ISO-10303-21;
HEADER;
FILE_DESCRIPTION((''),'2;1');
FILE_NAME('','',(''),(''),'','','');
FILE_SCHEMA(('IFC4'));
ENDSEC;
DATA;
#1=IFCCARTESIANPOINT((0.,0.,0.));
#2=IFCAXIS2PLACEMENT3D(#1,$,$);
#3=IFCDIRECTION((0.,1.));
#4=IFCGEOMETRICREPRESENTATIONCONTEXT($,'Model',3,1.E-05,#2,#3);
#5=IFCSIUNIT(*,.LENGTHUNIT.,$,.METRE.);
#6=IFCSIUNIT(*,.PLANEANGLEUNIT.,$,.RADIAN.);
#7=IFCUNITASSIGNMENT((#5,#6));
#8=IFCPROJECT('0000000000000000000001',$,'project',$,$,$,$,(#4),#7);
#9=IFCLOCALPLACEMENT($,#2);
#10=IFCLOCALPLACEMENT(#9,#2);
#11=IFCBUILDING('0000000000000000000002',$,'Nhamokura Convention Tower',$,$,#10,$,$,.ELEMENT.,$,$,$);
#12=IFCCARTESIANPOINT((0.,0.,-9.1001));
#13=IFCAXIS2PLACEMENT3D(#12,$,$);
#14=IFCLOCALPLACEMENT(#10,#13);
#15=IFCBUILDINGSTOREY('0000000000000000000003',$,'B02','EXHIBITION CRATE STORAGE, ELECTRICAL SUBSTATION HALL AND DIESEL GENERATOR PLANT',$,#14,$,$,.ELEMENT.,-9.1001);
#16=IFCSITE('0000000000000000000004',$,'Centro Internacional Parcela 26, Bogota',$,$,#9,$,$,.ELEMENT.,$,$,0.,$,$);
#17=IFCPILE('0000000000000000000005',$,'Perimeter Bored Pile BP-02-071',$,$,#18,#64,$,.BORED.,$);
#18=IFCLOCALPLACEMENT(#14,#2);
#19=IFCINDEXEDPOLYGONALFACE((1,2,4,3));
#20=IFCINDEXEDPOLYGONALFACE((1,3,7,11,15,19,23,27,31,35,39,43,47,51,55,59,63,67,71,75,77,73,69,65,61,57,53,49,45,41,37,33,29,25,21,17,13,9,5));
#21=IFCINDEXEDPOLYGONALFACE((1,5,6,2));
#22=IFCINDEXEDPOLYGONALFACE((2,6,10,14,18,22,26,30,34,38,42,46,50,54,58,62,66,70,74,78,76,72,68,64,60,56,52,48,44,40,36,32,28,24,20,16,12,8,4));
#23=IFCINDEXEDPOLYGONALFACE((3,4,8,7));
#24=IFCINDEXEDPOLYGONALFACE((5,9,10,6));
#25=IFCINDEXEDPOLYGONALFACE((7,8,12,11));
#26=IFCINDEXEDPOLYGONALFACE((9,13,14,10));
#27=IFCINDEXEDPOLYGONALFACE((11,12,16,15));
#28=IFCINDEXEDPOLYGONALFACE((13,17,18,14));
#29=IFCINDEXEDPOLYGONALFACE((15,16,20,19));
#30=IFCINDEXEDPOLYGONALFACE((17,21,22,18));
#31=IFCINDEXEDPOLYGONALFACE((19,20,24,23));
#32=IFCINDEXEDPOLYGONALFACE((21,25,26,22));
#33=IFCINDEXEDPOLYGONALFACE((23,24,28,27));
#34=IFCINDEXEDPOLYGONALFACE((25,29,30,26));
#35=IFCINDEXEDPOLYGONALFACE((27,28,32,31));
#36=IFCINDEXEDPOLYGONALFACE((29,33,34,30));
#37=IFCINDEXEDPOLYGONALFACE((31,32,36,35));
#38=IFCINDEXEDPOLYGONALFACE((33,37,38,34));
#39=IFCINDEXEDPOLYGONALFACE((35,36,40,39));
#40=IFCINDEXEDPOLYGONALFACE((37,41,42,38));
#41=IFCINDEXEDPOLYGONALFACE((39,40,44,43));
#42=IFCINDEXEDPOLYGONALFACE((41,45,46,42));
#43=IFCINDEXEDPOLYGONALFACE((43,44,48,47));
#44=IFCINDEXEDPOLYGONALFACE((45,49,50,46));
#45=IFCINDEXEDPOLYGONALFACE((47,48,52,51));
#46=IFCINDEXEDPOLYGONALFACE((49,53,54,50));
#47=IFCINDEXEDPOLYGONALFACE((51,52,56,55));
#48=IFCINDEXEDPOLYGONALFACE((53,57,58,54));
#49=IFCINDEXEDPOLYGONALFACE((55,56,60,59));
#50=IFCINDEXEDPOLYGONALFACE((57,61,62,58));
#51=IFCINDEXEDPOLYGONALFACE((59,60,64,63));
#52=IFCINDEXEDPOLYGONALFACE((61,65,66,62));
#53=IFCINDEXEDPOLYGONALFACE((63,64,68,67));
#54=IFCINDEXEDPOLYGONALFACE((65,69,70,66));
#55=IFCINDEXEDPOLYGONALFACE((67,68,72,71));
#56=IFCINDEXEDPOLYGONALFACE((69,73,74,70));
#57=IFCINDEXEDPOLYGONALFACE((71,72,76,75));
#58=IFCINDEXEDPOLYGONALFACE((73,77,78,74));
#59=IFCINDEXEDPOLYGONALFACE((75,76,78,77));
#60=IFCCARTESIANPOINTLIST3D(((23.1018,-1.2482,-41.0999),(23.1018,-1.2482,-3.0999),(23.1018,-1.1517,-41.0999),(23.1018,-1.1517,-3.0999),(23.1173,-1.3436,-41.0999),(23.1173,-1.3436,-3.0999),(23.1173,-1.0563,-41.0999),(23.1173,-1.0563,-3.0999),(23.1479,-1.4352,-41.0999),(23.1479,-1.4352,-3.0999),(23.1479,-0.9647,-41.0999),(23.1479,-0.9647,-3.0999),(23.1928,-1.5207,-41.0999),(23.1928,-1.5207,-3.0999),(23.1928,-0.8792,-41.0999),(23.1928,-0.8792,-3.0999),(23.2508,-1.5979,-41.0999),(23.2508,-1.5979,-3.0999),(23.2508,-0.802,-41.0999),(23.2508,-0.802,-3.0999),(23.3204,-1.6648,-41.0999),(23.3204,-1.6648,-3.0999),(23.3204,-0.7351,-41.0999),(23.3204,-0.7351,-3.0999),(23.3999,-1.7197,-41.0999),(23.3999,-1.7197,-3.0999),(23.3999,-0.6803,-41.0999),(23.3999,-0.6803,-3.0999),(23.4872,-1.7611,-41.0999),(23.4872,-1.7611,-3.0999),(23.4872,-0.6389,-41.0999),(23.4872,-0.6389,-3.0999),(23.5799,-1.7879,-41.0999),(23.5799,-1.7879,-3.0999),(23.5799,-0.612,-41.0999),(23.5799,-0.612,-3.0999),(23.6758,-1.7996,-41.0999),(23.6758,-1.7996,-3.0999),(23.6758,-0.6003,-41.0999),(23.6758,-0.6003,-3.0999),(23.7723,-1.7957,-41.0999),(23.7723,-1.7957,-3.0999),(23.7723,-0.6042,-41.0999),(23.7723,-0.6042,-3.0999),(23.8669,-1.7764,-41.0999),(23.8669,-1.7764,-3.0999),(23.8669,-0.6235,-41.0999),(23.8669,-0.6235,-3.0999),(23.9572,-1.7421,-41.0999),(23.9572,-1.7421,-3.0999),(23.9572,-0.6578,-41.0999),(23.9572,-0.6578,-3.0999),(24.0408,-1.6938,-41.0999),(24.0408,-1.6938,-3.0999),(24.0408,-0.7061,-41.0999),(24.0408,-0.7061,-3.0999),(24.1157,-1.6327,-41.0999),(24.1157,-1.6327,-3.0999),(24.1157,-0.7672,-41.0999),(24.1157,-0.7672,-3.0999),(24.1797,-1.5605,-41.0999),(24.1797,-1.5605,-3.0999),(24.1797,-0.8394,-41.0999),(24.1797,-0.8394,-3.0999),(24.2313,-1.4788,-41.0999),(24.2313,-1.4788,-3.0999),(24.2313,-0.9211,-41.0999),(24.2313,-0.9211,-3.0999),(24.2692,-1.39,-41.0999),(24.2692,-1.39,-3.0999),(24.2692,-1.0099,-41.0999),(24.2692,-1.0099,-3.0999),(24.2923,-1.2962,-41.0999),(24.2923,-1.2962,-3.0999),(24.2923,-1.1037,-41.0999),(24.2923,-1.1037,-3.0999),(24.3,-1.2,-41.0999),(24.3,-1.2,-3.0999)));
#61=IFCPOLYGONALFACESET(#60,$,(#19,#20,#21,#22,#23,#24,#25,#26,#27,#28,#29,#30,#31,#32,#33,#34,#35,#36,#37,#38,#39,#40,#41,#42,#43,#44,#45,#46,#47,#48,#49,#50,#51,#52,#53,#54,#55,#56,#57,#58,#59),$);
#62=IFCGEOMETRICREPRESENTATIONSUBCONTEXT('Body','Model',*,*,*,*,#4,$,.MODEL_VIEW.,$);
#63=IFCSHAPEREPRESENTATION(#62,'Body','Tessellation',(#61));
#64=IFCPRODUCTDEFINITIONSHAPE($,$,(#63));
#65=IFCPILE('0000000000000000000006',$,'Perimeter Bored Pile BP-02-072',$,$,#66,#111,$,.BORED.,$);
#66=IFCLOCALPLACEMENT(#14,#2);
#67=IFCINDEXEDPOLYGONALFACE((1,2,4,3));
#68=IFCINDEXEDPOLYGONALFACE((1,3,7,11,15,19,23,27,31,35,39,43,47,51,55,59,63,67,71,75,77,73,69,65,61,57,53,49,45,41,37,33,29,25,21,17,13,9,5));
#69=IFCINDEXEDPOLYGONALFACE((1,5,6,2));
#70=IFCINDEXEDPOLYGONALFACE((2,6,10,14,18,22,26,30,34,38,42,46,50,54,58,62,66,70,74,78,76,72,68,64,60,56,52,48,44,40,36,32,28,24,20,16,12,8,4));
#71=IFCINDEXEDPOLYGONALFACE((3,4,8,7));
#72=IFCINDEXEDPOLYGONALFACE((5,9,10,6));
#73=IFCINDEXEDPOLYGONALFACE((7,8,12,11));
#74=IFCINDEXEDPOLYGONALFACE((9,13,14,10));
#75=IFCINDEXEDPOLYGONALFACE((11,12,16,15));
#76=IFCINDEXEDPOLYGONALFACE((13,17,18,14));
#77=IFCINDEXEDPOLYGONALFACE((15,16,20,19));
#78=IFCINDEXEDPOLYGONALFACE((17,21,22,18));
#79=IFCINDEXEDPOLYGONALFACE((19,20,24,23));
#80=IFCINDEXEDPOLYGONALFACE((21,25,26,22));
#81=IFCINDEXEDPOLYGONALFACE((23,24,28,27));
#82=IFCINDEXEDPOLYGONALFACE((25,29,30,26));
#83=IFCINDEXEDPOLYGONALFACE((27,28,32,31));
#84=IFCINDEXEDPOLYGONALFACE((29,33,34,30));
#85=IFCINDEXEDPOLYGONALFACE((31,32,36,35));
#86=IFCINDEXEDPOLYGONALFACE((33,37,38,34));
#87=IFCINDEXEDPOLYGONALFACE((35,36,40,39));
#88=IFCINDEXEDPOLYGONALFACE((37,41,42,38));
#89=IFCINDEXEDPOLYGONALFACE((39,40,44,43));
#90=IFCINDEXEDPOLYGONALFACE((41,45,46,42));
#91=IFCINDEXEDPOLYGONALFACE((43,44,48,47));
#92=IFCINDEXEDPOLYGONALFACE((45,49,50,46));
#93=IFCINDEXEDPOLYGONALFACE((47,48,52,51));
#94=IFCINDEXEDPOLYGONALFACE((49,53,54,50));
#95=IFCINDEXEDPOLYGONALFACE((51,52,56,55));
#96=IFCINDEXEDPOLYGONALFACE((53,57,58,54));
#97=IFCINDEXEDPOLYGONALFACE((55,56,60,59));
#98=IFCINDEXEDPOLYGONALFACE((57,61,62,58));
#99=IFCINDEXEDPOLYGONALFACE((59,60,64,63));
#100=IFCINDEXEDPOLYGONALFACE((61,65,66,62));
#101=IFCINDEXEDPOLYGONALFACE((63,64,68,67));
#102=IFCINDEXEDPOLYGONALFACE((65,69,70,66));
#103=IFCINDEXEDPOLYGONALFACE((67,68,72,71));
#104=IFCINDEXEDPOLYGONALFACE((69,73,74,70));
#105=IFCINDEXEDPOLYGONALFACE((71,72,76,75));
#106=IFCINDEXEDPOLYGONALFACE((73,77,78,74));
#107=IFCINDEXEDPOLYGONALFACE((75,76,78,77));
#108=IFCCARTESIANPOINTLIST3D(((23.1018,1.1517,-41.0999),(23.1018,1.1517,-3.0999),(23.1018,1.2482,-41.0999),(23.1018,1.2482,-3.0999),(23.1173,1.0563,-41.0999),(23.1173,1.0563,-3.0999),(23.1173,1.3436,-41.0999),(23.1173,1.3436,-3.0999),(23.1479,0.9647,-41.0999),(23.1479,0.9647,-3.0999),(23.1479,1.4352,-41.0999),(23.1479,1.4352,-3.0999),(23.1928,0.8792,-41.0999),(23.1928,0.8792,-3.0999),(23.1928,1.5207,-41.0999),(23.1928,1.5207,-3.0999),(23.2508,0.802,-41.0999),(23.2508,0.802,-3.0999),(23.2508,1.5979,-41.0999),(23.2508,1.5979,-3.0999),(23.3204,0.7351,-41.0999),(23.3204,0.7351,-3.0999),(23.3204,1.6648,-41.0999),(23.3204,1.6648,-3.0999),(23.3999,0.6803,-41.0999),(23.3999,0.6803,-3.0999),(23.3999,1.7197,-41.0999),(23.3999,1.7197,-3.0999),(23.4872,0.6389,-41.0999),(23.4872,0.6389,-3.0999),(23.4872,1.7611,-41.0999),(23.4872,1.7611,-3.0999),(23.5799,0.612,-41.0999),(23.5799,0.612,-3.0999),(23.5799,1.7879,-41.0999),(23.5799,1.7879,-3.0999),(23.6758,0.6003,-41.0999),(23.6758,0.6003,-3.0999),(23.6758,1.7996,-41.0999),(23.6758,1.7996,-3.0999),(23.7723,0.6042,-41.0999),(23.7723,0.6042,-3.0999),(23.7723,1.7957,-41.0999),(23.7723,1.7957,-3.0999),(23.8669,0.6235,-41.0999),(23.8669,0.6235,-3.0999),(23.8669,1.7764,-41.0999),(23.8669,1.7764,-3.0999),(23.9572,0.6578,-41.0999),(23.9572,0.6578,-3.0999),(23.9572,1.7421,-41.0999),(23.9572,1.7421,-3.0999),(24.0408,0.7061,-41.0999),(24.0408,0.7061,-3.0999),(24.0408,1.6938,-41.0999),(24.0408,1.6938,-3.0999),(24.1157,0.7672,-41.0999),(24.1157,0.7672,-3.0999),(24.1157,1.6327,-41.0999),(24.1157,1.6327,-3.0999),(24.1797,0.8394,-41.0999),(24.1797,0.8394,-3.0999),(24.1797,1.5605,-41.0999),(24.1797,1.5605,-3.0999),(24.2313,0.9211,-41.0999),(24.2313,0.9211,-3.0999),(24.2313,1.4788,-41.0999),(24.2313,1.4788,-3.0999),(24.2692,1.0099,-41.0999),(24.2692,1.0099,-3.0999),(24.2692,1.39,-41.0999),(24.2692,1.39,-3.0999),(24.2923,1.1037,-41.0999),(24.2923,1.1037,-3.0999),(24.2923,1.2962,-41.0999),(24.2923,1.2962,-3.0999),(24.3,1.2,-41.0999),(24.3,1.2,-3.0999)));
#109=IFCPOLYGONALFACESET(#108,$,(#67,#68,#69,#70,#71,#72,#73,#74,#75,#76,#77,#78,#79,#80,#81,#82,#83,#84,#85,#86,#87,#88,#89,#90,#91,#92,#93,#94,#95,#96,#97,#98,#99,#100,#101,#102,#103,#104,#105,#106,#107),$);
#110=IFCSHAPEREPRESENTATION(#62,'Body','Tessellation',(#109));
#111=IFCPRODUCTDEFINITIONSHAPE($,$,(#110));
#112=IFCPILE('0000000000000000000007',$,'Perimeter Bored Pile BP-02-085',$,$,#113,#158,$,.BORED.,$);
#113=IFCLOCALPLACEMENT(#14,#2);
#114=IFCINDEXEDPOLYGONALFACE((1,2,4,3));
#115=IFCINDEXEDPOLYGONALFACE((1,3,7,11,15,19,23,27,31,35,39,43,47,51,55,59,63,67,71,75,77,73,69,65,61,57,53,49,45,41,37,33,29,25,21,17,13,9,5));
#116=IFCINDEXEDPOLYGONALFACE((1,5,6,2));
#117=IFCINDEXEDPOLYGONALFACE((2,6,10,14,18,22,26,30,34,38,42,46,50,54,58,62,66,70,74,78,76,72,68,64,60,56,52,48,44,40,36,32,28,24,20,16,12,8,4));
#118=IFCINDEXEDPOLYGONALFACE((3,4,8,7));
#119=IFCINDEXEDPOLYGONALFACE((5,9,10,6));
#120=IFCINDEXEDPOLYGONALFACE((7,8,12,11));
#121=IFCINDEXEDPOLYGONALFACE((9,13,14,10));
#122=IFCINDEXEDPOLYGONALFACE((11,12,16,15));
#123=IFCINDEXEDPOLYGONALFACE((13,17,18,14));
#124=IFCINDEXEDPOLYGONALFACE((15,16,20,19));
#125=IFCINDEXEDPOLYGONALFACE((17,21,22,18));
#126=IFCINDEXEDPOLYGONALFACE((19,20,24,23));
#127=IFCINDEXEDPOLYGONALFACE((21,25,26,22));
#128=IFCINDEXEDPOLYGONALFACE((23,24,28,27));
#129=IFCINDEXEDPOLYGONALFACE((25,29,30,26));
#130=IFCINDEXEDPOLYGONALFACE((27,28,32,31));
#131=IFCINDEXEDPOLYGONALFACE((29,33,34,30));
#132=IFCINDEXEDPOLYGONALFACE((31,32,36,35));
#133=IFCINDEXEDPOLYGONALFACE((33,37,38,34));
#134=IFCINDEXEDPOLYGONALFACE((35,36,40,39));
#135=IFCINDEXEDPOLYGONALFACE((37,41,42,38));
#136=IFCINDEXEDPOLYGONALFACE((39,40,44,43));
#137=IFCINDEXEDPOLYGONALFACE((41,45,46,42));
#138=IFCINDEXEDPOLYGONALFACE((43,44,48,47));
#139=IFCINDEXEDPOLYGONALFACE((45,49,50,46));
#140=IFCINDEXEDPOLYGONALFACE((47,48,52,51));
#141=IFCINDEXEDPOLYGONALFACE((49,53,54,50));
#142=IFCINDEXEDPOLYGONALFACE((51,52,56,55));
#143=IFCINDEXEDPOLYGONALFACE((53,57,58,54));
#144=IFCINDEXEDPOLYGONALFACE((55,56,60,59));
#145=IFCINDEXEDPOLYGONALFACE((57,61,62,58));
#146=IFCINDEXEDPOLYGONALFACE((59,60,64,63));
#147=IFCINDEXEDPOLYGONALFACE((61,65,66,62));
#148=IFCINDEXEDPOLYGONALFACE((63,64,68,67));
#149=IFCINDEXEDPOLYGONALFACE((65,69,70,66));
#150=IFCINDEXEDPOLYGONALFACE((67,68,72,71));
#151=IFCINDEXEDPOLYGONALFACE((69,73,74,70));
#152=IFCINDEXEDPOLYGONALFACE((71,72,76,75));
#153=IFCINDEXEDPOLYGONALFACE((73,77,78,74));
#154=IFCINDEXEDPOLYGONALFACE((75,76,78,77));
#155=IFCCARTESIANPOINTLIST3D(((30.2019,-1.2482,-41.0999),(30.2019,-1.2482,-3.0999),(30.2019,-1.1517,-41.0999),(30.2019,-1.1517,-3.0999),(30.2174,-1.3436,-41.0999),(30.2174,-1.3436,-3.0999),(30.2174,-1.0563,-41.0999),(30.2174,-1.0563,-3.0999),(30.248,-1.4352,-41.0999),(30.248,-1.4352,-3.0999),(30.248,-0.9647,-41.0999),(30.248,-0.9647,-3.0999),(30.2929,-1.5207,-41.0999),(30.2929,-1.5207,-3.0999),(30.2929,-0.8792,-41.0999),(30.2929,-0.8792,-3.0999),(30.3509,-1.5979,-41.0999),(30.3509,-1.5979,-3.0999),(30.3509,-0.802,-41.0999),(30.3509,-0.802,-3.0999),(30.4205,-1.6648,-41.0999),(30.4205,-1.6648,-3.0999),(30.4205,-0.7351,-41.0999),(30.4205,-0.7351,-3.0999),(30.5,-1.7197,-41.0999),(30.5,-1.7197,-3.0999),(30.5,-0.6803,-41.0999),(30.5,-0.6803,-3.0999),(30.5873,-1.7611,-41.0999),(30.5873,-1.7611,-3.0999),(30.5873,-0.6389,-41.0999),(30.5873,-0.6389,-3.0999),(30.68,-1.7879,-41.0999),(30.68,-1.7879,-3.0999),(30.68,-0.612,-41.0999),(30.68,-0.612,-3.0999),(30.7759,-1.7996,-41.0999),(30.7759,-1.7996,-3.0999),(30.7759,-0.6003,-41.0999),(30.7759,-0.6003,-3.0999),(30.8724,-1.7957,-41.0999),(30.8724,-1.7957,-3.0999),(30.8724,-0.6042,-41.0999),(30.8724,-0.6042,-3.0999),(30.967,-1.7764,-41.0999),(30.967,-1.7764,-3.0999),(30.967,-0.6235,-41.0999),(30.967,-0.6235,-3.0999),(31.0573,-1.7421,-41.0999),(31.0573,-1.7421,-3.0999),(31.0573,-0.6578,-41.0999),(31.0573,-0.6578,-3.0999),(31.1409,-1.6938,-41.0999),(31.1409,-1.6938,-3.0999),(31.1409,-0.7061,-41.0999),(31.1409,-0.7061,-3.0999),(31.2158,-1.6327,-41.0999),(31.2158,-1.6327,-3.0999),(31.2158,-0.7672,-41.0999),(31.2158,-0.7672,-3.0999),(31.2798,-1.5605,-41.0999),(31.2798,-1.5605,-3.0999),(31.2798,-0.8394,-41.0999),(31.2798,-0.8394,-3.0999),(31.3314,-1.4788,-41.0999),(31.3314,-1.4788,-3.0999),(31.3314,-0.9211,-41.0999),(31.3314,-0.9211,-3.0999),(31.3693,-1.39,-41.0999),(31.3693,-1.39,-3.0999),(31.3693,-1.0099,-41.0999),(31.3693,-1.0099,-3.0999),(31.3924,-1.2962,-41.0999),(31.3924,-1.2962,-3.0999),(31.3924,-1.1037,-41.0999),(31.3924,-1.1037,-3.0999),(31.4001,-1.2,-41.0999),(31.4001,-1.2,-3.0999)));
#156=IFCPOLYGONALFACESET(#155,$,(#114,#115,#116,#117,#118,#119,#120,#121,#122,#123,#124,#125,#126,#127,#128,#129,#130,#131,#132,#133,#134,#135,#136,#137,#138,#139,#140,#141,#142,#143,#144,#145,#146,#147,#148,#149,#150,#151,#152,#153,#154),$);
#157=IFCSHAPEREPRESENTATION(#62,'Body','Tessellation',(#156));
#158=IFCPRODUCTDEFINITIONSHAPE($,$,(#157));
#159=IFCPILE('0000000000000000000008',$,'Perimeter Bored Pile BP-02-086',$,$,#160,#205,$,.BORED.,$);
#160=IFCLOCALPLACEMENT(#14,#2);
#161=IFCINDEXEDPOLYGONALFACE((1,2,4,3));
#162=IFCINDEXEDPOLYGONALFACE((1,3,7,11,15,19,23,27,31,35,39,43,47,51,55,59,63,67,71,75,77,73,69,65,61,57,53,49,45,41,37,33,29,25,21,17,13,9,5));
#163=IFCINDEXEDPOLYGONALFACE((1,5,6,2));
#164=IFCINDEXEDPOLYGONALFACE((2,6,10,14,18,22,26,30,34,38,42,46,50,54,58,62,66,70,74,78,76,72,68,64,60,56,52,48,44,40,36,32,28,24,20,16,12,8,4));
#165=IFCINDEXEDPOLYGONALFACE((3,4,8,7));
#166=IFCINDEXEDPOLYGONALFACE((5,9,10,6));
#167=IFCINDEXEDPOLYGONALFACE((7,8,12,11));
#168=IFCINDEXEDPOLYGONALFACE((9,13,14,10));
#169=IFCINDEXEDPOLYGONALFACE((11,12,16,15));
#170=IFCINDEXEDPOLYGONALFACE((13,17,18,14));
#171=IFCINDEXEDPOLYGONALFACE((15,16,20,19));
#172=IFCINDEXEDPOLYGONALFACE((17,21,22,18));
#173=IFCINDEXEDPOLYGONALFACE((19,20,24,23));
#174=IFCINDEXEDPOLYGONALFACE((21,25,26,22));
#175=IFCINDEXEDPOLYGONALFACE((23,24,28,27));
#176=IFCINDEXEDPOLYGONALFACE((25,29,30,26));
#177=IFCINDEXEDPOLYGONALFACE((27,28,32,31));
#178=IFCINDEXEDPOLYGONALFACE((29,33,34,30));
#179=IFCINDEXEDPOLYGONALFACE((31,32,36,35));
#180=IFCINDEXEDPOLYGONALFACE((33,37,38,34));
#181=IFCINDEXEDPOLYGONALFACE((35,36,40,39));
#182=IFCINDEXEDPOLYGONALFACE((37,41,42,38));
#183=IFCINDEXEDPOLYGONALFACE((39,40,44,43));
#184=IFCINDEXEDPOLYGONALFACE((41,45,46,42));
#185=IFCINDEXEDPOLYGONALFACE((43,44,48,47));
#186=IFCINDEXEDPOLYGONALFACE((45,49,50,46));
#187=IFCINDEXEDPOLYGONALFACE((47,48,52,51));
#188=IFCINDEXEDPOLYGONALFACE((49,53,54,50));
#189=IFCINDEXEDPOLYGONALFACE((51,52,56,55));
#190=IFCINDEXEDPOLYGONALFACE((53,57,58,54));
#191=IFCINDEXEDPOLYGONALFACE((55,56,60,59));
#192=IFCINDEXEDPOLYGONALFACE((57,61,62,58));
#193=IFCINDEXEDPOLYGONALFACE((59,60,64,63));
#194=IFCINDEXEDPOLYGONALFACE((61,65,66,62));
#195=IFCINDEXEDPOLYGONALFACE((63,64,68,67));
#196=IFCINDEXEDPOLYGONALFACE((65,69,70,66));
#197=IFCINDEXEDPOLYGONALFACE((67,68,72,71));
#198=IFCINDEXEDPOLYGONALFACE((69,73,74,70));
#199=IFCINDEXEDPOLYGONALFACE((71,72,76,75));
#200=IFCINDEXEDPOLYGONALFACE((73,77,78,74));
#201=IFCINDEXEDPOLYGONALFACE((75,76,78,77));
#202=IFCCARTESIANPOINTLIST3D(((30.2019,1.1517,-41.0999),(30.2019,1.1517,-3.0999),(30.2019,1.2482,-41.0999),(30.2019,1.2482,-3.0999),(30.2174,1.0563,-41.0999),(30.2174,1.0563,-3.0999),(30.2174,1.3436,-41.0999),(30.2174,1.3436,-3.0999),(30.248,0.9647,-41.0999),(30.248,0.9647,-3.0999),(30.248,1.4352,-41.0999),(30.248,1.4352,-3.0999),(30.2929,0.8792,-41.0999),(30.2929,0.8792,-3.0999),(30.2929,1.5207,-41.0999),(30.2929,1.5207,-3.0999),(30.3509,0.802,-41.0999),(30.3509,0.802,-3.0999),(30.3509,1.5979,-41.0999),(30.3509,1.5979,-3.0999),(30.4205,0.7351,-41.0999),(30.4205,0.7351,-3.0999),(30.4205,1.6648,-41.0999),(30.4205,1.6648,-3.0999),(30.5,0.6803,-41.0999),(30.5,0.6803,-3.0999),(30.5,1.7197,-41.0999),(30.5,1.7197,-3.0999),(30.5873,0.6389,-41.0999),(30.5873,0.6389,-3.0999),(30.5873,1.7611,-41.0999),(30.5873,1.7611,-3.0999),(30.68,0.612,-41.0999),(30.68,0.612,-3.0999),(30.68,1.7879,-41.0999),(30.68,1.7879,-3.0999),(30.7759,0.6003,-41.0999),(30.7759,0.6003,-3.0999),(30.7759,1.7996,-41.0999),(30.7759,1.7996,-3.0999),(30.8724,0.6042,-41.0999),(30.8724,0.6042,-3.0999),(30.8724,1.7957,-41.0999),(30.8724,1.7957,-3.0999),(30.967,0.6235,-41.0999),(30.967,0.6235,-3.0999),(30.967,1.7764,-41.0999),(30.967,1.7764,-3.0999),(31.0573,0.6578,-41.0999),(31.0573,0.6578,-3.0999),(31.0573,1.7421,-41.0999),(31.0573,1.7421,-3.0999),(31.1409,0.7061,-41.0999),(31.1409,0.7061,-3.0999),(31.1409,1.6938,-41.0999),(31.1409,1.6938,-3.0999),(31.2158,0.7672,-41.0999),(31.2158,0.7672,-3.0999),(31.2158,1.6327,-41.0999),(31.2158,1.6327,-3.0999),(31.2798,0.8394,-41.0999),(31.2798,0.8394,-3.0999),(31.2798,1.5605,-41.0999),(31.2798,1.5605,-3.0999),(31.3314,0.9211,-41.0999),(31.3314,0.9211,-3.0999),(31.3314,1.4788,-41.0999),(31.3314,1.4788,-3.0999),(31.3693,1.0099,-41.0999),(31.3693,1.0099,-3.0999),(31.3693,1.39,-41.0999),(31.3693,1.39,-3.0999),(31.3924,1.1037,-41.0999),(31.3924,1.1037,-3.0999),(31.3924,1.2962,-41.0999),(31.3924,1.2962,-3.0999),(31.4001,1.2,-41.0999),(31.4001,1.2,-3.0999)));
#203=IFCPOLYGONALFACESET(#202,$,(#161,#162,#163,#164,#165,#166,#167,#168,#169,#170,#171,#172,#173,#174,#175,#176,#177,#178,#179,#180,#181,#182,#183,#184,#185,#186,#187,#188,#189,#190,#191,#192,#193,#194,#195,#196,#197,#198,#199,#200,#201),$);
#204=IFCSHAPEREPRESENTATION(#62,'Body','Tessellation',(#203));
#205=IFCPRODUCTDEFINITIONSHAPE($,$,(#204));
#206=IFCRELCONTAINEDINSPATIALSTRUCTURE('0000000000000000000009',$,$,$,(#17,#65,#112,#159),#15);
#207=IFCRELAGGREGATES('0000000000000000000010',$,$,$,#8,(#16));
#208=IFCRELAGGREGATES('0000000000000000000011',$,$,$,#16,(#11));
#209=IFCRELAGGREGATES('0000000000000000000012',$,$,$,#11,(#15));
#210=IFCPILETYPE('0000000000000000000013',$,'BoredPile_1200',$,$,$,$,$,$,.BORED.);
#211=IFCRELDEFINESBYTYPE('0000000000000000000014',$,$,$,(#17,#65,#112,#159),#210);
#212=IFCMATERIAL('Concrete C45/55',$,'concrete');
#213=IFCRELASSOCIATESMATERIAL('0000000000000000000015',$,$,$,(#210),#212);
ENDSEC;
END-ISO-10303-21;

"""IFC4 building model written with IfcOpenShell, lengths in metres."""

from ifc_helpers import new_model, si_unit, direction, frame, origin, origin_2d, place, context, subcontext, project, spatial, circle, extrude, material, material_profile, profile_set, type_object, element, save


model = new_model("IFC4")

# Units and contexts
model_context = context("Model", 3, precision=1e-05, world=origin(), true_north=direction((0.0, 1.0)))
body_context = subcontext(model_context, "Body", "Model", "MODEL_VIEW")
ifc_project = project(units=[si_unit("LENGTHUNIT", "METRE"), si_unit("PLANEANGLEUNIT", "RADIAN")], contexts=[model_context])

# Site, building, storey
site_placement = place(None, origin())
site = spatial("IfcSite", under=ifc_project, at=site_placement, Name="Centro Internacional Parcela 26, Bogota", CompositionType="ELEMENT", RefElevation=0.0)
building_placement = place(site_placement, origin())
building = spatial("IfcBuilding", under=site, at=building_placement, Name="Nhamokura Convention Tower", CompositionType="ELEMENT")
storey_placement = place(building_placement, frame((0.0, 0.0, -9.1001)))
storey = spatial("IfcBuildingStorey", under=building, at=storey_placement, Name="B02", Description="EXHIBITION CRATE STORAGE, ELECTRICAL SUBSTATION HALL AND DIESEL GENERATOR PLANT", CompositionType="ELEMENT", Elevation=-9.1001)

# Piles
ifc_material_1 = material(Name="Concrete C45/55", Category="concrete")
ifc_material_profile_1 = material_profile(ifc_material_1, circle(Radius=0.6001, at=origin_2d()))
ifc_profile_set_1 = profile_set([ifc_material_profile_1], Name="Concrete C45/55")
pile_type = type_object("IfcPileType", Name="BoredPile_1200", PredefinedType="BORED", material=ifc_profile_set_1)
for number, where, z_axis, x_axis, name in (
    (1, (23.7, -1.2, -3.0999), (0.0, 0.0, -1.0), (1.0, 0.0, 0.0), "Perimeter Bored Pile BP-02-071"),
    (2, (23.7, 1.2, -3.0999), (0.0, 0.0, -1.0), (1.0, 0.0, 0.0), "Perimeter Bored Pile BP-02-072"),
    (3, (30.8, -1.2, -3.0999), (0.0, 0.0, -1.0), (1.0, 0.0, 0.0), "Perimeter Bored Pile BP-02-085"),
    (4, (30.8, 1.2, -3.0999), (0.0, 0.0, -1.0), (1.0, 0.0, 0.0), "Perimeter Bored Pile BP-02-086"),
):
    element("IfcPile", number, at=place(storey_placement, frame(where, z_axis=z_axis, x_axis=x_axis)), inside=storey, type_object=pile_type, Name=name, PredefinedType="BORED", context=body_context, shape_type="SweptSolid", body=[
        extrude(circle(Radius=0.6001, at=origin_2d()), origin(), (0.0, 0.0, 1.0), 38.0),
    ])

save(model, "model.ifc")
